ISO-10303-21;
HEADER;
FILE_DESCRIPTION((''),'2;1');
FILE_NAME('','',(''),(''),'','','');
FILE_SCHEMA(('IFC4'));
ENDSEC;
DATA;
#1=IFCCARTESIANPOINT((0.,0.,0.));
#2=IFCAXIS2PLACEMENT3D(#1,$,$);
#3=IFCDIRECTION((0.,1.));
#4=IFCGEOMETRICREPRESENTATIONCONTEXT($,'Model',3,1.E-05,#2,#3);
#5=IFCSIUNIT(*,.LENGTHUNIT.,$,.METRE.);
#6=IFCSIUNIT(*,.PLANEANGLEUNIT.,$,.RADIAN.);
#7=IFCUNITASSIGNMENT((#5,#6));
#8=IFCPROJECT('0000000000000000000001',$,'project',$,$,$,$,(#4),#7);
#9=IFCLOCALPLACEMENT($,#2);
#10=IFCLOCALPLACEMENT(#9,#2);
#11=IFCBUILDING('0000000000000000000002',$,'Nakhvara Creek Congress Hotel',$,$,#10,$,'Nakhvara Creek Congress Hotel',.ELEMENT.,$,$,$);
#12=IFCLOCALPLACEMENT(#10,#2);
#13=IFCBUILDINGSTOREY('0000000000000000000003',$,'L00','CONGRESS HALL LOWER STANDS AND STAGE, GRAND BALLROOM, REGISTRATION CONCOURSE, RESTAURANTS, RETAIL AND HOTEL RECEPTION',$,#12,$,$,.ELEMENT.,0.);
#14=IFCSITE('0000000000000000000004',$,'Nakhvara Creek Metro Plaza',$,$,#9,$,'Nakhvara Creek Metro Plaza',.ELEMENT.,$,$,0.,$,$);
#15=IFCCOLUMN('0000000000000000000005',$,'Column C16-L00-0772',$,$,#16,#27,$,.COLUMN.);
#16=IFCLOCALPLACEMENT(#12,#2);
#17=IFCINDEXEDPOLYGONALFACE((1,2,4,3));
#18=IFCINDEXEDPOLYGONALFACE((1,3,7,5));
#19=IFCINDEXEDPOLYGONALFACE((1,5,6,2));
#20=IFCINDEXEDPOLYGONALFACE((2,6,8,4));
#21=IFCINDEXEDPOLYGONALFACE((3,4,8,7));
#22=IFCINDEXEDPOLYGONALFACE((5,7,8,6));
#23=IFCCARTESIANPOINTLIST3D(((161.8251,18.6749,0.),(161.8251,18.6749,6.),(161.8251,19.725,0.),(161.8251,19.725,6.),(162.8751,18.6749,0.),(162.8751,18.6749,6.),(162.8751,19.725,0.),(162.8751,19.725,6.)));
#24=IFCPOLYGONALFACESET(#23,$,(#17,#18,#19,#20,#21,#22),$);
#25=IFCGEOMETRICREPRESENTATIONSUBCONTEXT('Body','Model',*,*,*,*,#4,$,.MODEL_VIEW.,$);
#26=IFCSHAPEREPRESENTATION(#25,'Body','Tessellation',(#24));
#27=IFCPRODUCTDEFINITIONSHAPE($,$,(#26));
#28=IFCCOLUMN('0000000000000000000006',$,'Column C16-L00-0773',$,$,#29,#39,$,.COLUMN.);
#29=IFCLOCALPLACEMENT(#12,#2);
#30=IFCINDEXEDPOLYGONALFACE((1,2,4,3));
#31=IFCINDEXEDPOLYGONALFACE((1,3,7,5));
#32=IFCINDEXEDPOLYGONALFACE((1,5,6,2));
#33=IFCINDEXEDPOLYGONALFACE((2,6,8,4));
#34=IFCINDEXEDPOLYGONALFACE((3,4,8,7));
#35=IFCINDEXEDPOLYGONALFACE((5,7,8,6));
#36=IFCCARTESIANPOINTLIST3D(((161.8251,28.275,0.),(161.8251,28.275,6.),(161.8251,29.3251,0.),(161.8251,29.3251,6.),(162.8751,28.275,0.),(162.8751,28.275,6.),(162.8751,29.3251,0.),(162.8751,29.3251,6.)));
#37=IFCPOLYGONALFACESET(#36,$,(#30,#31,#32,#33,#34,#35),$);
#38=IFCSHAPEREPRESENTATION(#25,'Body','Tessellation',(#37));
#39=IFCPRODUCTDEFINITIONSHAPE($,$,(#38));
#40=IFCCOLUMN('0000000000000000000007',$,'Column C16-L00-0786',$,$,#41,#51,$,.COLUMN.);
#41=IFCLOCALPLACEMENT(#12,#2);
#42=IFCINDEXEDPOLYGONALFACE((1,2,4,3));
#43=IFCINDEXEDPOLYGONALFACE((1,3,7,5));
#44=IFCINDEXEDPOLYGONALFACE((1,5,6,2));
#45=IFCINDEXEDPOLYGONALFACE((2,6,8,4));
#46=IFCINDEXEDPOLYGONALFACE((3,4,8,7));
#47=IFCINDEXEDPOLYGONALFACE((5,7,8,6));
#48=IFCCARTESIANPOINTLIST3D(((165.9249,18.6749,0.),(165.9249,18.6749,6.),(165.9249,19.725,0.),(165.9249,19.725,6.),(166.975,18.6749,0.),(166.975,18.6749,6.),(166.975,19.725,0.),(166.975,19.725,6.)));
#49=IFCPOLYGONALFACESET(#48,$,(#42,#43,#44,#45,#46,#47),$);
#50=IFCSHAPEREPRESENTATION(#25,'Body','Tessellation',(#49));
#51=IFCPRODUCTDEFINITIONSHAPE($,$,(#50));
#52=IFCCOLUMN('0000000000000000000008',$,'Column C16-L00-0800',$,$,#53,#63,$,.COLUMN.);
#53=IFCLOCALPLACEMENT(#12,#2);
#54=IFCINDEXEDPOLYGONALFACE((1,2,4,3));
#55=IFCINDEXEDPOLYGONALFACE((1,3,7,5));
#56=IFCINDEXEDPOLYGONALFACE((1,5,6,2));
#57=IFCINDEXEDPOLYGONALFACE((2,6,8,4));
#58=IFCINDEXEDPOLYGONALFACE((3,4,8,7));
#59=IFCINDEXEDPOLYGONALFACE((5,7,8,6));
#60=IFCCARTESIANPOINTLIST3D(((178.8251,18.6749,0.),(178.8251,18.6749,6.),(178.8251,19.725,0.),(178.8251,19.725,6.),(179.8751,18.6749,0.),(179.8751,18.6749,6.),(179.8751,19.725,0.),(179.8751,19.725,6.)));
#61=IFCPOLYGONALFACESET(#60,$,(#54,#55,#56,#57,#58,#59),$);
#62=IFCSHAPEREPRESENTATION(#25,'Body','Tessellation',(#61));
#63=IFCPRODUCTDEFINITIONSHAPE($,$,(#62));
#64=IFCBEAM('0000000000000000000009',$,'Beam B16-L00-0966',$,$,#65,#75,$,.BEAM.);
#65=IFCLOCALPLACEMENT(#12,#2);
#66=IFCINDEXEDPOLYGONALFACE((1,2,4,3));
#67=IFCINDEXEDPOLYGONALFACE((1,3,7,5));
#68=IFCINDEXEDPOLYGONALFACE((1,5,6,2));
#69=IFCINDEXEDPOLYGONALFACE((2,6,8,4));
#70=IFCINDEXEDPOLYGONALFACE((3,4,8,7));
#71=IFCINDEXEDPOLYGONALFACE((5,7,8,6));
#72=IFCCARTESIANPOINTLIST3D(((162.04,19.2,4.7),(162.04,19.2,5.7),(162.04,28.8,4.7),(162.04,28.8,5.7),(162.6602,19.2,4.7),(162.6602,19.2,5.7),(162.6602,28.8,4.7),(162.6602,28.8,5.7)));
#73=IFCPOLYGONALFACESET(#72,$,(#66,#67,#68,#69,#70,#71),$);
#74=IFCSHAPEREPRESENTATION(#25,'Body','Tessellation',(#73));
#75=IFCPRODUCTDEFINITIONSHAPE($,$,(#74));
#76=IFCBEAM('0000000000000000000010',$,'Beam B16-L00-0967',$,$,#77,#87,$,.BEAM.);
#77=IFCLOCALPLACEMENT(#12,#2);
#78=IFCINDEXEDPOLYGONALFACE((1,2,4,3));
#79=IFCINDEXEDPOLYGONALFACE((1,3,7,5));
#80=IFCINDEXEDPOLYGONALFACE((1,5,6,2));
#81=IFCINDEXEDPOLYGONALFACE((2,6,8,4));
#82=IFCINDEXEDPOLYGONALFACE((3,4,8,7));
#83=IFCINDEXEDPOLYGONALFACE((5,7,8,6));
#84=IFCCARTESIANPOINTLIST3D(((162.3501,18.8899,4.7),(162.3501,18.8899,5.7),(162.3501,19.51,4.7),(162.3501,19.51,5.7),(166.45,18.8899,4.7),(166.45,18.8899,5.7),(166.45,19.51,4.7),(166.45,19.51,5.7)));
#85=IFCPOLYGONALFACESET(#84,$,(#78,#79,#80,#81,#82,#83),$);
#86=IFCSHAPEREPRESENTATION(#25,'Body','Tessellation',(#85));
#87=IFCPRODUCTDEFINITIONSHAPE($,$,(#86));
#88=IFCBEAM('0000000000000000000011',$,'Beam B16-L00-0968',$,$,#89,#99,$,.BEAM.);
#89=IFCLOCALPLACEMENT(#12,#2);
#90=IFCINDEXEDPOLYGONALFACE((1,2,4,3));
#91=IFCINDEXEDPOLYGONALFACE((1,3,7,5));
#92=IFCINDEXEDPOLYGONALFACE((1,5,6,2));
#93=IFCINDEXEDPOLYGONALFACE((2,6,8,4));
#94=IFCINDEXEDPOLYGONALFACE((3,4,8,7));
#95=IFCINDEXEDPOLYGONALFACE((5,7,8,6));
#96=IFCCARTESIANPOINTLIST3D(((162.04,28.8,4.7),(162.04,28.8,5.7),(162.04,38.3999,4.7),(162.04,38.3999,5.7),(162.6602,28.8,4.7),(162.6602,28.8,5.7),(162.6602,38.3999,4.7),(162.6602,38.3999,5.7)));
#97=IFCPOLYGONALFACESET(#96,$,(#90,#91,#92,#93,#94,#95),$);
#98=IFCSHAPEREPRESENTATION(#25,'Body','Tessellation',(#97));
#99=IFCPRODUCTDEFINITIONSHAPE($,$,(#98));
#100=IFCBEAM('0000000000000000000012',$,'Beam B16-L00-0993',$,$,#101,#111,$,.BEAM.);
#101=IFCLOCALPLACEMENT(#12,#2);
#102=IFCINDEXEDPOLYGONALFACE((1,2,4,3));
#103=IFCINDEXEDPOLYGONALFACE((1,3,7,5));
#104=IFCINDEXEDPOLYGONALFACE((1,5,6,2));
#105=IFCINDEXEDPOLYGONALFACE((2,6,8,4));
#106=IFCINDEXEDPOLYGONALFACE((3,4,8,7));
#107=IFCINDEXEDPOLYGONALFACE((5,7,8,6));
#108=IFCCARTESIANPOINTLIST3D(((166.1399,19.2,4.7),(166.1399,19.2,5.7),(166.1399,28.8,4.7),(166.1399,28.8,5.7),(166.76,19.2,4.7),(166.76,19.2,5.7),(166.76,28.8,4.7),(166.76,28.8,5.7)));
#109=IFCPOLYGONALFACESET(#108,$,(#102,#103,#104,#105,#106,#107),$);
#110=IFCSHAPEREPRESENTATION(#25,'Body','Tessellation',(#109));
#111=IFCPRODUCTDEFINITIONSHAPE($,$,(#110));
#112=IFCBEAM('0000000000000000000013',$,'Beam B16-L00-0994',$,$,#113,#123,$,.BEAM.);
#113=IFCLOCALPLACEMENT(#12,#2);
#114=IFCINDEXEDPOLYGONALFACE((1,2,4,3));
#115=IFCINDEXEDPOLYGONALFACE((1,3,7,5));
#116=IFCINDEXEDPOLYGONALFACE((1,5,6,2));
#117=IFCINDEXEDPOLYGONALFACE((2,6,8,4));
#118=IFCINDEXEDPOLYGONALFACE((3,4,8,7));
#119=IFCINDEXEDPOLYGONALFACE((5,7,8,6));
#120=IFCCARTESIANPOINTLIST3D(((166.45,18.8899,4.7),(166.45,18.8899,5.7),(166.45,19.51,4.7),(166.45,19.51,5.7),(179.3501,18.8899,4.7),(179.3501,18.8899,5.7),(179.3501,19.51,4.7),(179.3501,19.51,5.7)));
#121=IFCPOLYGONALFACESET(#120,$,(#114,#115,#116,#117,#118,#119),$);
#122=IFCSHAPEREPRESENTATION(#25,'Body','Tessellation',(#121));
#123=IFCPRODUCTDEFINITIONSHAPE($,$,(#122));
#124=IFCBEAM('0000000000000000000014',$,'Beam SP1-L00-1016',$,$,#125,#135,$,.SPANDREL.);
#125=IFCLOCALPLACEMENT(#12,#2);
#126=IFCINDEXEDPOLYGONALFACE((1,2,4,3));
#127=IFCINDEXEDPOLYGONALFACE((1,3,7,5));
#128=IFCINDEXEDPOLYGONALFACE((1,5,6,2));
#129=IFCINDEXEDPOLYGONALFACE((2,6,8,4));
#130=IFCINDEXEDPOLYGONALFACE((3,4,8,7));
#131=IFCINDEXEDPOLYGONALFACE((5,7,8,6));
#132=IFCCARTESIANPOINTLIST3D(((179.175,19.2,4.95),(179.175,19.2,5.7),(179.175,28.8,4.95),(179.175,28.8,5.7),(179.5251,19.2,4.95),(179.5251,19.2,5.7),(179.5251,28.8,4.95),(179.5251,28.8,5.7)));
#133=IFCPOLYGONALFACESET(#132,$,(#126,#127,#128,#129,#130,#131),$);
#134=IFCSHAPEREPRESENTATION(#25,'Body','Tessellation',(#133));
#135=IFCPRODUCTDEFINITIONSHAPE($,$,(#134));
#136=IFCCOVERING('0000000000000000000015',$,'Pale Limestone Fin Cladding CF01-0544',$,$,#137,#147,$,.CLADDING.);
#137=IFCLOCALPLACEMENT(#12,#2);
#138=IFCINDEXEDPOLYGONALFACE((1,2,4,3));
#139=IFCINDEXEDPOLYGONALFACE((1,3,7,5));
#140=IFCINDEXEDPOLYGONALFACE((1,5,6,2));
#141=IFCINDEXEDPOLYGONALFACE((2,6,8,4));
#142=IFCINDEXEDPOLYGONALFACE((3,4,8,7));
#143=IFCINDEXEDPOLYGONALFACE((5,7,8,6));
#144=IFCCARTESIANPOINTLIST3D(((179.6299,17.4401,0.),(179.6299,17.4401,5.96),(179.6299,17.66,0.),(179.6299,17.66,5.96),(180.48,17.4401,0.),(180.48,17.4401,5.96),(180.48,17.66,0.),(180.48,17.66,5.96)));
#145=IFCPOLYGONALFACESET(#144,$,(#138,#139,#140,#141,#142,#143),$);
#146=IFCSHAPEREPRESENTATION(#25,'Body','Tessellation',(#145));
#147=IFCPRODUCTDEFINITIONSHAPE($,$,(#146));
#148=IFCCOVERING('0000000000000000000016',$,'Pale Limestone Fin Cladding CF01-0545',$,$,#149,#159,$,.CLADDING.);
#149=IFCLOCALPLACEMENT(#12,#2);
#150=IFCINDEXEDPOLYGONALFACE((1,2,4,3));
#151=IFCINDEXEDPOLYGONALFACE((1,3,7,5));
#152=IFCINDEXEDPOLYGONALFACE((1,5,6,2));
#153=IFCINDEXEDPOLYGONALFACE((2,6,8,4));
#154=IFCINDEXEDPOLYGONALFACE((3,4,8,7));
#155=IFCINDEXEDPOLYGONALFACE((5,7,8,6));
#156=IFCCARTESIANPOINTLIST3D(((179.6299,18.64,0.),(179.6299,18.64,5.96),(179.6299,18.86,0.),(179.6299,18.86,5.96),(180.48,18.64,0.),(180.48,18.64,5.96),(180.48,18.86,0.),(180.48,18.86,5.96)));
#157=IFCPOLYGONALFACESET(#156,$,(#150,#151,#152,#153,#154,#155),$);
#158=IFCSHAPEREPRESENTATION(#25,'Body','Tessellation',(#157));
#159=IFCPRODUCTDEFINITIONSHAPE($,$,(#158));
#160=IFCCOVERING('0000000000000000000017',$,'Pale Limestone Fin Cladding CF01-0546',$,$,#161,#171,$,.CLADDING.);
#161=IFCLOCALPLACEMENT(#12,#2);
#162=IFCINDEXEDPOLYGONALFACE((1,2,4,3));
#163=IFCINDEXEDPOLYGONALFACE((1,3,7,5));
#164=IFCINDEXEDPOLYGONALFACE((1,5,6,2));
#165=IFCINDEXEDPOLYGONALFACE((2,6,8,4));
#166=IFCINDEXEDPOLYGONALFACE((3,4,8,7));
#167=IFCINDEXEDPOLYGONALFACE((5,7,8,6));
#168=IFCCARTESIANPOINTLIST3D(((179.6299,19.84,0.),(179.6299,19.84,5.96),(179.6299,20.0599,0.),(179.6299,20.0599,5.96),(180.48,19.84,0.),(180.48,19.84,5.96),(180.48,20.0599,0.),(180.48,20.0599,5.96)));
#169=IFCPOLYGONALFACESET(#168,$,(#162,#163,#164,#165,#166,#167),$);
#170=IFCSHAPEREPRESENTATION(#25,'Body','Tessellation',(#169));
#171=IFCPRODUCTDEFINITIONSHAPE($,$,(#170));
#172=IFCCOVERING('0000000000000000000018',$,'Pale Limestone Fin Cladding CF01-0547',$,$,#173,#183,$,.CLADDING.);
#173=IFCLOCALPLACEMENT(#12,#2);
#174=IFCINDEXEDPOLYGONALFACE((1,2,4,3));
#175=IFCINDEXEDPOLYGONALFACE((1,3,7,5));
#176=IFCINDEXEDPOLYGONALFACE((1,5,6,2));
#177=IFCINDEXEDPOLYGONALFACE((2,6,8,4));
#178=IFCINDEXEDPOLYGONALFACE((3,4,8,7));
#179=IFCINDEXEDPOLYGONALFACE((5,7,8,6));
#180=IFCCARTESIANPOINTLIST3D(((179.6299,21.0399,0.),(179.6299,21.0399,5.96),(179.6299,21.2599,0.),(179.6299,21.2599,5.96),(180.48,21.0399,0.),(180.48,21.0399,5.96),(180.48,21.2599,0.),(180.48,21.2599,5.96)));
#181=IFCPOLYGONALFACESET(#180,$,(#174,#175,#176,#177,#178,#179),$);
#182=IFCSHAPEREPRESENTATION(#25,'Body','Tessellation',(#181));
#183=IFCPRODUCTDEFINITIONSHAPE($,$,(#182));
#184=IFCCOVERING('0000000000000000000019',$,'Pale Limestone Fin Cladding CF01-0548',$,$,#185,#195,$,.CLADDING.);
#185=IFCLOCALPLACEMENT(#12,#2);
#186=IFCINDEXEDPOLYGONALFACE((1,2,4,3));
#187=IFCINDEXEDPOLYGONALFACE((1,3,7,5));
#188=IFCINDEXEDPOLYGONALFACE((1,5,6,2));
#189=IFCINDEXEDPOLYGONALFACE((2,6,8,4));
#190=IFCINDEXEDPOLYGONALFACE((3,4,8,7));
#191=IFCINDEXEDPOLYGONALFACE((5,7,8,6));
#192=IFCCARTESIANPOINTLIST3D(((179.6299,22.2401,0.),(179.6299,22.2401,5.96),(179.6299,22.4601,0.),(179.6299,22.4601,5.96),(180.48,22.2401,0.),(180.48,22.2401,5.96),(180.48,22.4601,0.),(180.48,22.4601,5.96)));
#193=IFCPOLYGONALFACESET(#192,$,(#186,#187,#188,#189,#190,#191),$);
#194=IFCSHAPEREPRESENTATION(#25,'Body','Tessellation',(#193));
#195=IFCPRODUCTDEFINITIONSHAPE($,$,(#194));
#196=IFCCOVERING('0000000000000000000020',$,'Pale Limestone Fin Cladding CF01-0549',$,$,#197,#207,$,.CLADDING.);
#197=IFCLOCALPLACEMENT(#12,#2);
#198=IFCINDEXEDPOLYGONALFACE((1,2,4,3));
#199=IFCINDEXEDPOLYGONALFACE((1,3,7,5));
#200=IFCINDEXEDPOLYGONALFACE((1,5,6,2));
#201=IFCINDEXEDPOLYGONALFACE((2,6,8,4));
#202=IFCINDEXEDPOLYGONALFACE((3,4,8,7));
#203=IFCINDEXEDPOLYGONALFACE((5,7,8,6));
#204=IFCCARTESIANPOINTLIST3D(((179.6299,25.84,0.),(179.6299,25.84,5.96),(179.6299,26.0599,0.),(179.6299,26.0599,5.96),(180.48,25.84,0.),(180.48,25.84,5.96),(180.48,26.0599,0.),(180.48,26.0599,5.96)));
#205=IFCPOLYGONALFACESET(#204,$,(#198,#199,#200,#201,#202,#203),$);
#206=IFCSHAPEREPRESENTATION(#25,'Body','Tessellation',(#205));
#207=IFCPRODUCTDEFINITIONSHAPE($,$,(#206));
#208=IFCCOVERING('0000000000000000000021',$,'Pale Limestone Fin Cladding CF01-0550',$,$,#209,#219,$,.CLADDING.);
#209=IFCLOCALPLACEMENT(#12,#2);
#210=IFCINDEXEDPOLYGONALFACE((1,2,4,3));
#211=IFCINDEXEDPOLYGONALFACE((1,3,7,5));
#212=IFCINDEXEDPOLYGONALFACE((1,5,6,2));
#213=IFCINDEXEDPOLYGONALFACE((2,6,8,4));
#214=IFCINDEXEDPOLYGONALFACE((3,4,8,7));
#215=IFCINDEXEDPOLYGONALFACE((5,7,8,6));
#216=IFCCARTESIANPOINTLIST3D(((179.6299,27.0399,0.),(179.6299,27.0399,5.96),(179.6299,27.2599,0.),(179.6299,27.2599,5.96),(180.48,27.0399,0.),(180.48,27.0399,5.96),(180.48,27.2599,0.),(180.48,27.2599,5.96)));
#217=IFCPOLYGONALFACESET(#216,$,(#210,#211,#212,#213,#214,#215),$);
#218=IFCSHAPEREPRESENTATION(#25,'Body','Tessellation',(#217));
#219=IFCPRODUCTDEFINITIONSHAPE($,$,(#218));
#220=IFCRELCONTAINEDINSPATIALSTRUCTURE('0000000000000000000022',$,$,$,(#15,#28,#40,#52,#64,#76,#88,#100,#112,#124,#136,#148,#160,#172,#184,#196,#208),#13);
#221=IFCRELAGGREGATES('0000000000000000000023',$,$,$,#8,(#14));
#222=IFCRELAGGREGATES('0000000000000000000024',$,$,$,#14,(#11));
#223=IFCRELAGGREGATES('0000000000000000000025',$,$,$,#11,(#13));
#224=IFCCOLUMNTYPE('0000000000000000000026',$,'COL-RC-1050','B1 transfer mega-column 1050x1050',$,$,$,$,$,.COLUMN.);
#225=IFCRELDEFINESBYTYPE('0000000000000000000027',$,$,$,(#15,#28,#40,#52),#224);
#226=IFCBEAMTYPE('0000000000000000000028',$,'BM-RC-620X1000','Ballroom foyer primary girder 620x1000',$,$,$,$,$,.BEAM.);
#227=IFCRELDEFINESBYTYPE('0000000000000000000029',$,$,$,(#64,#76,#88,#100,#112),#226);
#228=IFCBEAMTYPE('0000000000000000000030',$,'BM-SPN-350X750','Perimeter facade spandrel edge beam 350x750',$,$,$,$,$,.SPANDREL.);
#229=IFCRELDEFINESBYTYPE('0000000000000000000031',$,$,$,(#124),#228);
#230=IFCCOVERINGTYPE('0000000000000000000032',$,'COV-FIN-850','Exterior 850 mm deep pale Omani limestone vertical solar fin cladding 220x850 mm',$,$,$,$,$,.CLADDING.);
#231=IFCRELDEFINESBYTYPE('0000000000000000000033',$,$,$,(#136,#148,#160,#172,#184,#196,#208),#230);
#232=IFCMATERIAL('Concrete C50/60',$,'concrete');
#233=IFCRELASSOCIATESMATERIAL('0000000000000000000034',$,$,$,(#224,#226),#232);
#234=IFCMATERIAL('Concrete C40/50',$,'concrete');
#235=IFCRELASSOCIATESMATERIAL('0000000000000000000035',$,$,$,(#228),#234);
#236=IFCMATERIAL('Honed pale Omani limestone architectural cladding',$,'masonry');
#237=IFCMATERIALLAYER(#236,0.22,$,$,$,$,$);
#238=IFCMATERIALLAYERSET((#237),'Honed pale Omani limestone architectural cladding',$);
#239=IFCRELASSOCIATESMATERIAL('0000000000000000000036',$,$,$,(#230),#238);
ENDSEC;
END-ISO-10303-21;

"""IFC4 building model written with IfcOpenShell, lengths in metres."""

from ifc_helpers import new_model, si_unit, direction, frame, origin, origin_2d, place, context, subcontext, project, spatial, rectangle, extrude, material, layer, layer_set, material_profile, profile_set, type_object, element, save


model = new_model("IFC4")

# Units and contexts
model_context = context("Model", 3, precision=1e-05, world=origin(), true_north=direction((0.0, 1.0)))
body_context = subcontext(model_context, "Body", "Model", "MODEL_VIEW")
ifc_project = project(units=[si_unit("LENGTHUNIT", "METRE"), si_unit("PLANEANGLEUNIT", "RADIAN")], contexts=[model_context])

# Site, building, storey
site_placement = place(None, origin())
site = spatial("IfcSite", under=ifc_project, at=site_placement, Name="Nakhvara Creek Metro Plaza", LongName="Nakhvara Creek Metro Plaza", CompositionType="ELEMENT", RefElevation=0.0)
building_placement = place(site_placement, origin())
building = spatial("IfcBuilding", under=site, at=building_placement, Name="Nakhvara Creek Congress Hotel", LongName="Nakhvara Creek Congress Hotel", CompositionType="ELEMENT")
storey_placement = place(building_placement, origin())
storey = spatial("IfcBuildingStorey", under=building, at=storey_placement, Name="L00", Description="CONGRESS HALL LOWER STANDS AND STAGE, GRAND BALLROOM, REGISTRATION CONCOURSE, RESTAURANTS, RETAIL AND HOTEL RECEPTION", CompositionType="ELEMENT", Elevation=0.0)

# Columns
ifc_material_1 = material(Name="Concrete C50/60", Category="concrete")
ifc_material_profile_1 = material_profile(ifc_material_1, rectangle(XDim=1.05, YDim=1.05, at=origin_2d()), Name="RC-COL 1050x1050", Category="LoadBearing")
ifc_profile_set_1 = profile_set([ifc_material_profile_1], Name="Concrete C50/60")
column_type = type_object("IfcColumnType", Name="COL-RC-1050", Description="B1 transfer mega-column 1050x1050", PredefinedType="COLUMN", material=ifc_profile_set_1)
for number, where, z_axis, x_axis, name in (
    (1, (162.3501, 19.2, 0.0), (0.0, 0.0, 1.0), (1.0, 0.0, 0.0), "Column C16-L00-0772"),
    (2, (162.3501, 28.8, 0.0), (0.0, 0.0, 1.0), (1.0, 0.0, 0.0), "Column C16-L00-0773"),
    (3, (166.45, 19.2, 0.0), (0.0, 0.0, 1.0), (1.0, 0.0, 0.0), "Column C16-L00-0786"),
    (4, (179.3501, 19.2, 0.0), (0.0, 0.0, 1.0), (1.0, 0.0, 0.0), "Column C16-L00-0800"),
):
    element("IfcColumn", number, at=place(storey_placement, frame(where, z_axis=z_axis, x_axis=x_axis)), inside=storey, type_object=column_type, Name=name, PredefinedType="COLUMN", context=body_context, shape_type="SweptSolid", body=[
        extrude(rectangle(XDim=1.05, YDim=1.05, at=origin_2d()), origin(), (0.0, 0.0, 1.0), 6.0),
    ])

# Beams
ifc_material_profile_2 = material_profile(ifc_material_1, rectangle(XDim=0.6201, YDim=1.0, at=origin_2d()), Name="RC-BM 620x1000", Category="LoadBearing")
ifc_profile_set_2 = profile_set([ifc_material_profile_2], Name="Concrete C50/60")
beam_type_1 = type_object("IfcBeamType", Name="BM-RC-620X1000", Description="Ballroom foyer primary girder 620x1000", PredefinedType="BEAM", material=ifc_profile_set_2)
beam_1_placement = place(storey_placement, frame((162.3501, 19.2, 5.2), z_axis=(0.0, 1.0, 0.0), x_axis=(-1.0, 0.0, 0.0)))
element("IfcBeam", 5, at=beam_1_placement, inside=storey, type_object=beam_type_1, Name="Beam B16-L00-0966", PredefinedType="BEAM", context=body_context, shape_type="SweptSolid", body=[
    extrude(rectangle(XDim=0.6201, YDim=1.0, at=origin_2d()), origin(), (0.0, 0.0, 1.0), 9.6001),
])
beam_2_placement = place(storey_placement, frame((162.3501, 19.2, 5.2), z_axis=(1.0, 0.0, 0.0), x_axis=(0.0, 1.0, 0.0)))
element("IfcBeam", 6, at=beam_2_placement, inside=storey, type_object=beam_type_1, Name="Beam B16-L00-0967", PredefinedType="BEAM", context=body_context, shape_type="SweptSolid", body=[
    extrude(rectangle(XDim=0.6201, YDim=1.0, at=origin_2d()), origin(), (0.0, 0.0, 1.0), 4.0999),
])
beam_3_placement = place(storey_placement, frame((162.3501, 28.8, 5.2), z_axis=(0.0, 1.0, 0.0), x_axis=(-1.0, 0.0, 0.0)))
element("IfcBeam", 7, at=beam_3_placement, inside=storey, type_object=beam_type_1, Name="Beam B16-L00-0968", PredefinedType="BEAM", context=body_context, shape_type="SweptSolid", body=[
    extrude(rectangle(XDim=0.6201, YDim=1.0, at=origin_2d()), origin(), (0.0, 0.0, 1.0), 9.5999),
])
beam_4_placement = place(storey_placement, frame((166.45, 19.2, 5.2), z_axis=(0.0, 1.0, 0.0), x_axis=(-1.0, 0.0, 0.0)))
element("IfcBeam", 8, at=beam_4_placement, inside=storey, type_object=beam_type_1, Name="Beam B16-L00-0993", PredefinedType="BEAM", context=body_context, shape_type="SweptSolid", body=[
    extrude(rectangle(XDim=0.6201, YDim=1.0, at=origin_2d()), origin(), (0.0, 0.0, 1.0), 9.6001),
])
beam_5_placement = place(storey_placement, frame((166.45, 19.2, 5.2), z_axis=(1.0, 0.0, 0.0), x_axis=(0.0, 1.0, 0.0)))
element("IfcBeam", 9, at=beam_5_placement, inside=storey, type_object=beam_type_1, Name="Beam B16-L00-0994", PredefinedType="BEAM", context=body_context, shape_type="SweptSolid", body=[
    extrude(rectangle(XDim=0.6201, YDim=1.0, at=origin_2d()), origin(), (0.0, 0.0, 1.0), 12.9001),
])
ifc_material_2 = material(Name="Concrete C40/50", Category="concrete")
ifc_material_profile_3 = material_profile(ifc_material_2, rectangle(XDim=0.3501, YDim=0.75, at=origin_2d()), Name="RC-SPANDREL 350x750", Category="LoadBearing")
ifc_profile_set_3 = profile_set([ifc_material_profile_3], Name="Concrete C40/50")
beam_type_2 = type_object("IfcBeamType", Name="BM-SPN-350X750", Description="Perimeter facade spandrel edge beam 350x750", PredefinedType="SPANDREL", material=ifc_profile_set_3)
beam_6_placement = place(storey_placement, frame((179.3501, 19.2, 5.325), z_axis=(0.0, 1.0, 0.0), x_axis=(-1.0, 0.0, 0.0)))
element("IfcBeam", 10, at=beam_6_placement, inside=storey, type_object=beam_type_2, Name="Beam SP1-L00-1016", PredefinedType="SPANDREL", context=body_context, shape_type="SweptSolid", body=[
    extrude(rectangle(XDim=0.3501, YDim=0.75, at=origin_2d()), origin(), (0.0, 0.0, 1.0), 9.6001),
])

# Coverings
ifc_material_3 = material(Name="Honed pale Omani limestone architectural cladding", Category="masonry")
ifc_layer = layer(ifc_material_3, 0.22)
ifc_layer_set = layer_set([ifc_layer], Name="Honed pale Omani limestone architectural cladding")
covering_type = type_object("IfcCoveringType", Name="COV-FIN-850", Description="Exterior 850 mm deep pale Omani limestone vertical solar fin cladding 220x850 mm", PredefinedType="CLADDING", material=ifc_layer_set)
for number, where, z_axis, x_axis, name in (
    (11, (180.0549, 17.55, 0.0), (0.0, 0.0, 1.0), (0.0, 1.0, 0.0), "Pale Limestone Fin Cladding CF01-0544"),
    (12, (180.0549, 18.75, 0.0), (0.0, 0.0, 1.0), (0.0, 1.0, 0.0), "Pale Limestone Fin Cladding CF01-0545"),
    (13, (180.0549, 19.95, 0.0), (0.0, 0.0, 1.0), (0.0, 1.0, 0.0), "Pale Limestone Fin Cladding CF01-0546"),
    (14, (180.0549, 21.1499, 0.0), (0.0, 0.0, 1.0), (0.0, 1.0, 0.0), "Pale Limestone Fin Cladding CF01-0547"),
    (15, (180.0549, 22.3501, 0.0), (0.0, 0.0, 1.0), (0.0, 1.0, 0.0), "Pale Limestone Fin Cladding CF01-0548"),
    (16, (180.0549, 25.95, 0.0), (0.0, 0.0, 1.0), (0.0, 1.0, 0.0), "Pale Limestone Fin Cladding CF01-0549"),
    (17, (180.0549, 27.1499, 0.0), (0.0, 0.0, 1.0), (0.0, 1.0, 0.0), "Pale Limestone Fin Cladding CF01-0550"),
):
    element("IfcCovering", number, at=place(storey_placement, frame(where, z_axis=z_axis, x_axis=x_axis)), inside=storey, type_object=covering_type, Name=name, PredefinedType="CLADDING", context=body_context, shape_type="SweptSolid", body=[
        extrude(rectangle(XDim=0.22, YDim=0.8501, at=origin_2d()), origin(), (0.0, 0.0, 1.0), 5.96),
    ])

save(model, "model.ifc")
